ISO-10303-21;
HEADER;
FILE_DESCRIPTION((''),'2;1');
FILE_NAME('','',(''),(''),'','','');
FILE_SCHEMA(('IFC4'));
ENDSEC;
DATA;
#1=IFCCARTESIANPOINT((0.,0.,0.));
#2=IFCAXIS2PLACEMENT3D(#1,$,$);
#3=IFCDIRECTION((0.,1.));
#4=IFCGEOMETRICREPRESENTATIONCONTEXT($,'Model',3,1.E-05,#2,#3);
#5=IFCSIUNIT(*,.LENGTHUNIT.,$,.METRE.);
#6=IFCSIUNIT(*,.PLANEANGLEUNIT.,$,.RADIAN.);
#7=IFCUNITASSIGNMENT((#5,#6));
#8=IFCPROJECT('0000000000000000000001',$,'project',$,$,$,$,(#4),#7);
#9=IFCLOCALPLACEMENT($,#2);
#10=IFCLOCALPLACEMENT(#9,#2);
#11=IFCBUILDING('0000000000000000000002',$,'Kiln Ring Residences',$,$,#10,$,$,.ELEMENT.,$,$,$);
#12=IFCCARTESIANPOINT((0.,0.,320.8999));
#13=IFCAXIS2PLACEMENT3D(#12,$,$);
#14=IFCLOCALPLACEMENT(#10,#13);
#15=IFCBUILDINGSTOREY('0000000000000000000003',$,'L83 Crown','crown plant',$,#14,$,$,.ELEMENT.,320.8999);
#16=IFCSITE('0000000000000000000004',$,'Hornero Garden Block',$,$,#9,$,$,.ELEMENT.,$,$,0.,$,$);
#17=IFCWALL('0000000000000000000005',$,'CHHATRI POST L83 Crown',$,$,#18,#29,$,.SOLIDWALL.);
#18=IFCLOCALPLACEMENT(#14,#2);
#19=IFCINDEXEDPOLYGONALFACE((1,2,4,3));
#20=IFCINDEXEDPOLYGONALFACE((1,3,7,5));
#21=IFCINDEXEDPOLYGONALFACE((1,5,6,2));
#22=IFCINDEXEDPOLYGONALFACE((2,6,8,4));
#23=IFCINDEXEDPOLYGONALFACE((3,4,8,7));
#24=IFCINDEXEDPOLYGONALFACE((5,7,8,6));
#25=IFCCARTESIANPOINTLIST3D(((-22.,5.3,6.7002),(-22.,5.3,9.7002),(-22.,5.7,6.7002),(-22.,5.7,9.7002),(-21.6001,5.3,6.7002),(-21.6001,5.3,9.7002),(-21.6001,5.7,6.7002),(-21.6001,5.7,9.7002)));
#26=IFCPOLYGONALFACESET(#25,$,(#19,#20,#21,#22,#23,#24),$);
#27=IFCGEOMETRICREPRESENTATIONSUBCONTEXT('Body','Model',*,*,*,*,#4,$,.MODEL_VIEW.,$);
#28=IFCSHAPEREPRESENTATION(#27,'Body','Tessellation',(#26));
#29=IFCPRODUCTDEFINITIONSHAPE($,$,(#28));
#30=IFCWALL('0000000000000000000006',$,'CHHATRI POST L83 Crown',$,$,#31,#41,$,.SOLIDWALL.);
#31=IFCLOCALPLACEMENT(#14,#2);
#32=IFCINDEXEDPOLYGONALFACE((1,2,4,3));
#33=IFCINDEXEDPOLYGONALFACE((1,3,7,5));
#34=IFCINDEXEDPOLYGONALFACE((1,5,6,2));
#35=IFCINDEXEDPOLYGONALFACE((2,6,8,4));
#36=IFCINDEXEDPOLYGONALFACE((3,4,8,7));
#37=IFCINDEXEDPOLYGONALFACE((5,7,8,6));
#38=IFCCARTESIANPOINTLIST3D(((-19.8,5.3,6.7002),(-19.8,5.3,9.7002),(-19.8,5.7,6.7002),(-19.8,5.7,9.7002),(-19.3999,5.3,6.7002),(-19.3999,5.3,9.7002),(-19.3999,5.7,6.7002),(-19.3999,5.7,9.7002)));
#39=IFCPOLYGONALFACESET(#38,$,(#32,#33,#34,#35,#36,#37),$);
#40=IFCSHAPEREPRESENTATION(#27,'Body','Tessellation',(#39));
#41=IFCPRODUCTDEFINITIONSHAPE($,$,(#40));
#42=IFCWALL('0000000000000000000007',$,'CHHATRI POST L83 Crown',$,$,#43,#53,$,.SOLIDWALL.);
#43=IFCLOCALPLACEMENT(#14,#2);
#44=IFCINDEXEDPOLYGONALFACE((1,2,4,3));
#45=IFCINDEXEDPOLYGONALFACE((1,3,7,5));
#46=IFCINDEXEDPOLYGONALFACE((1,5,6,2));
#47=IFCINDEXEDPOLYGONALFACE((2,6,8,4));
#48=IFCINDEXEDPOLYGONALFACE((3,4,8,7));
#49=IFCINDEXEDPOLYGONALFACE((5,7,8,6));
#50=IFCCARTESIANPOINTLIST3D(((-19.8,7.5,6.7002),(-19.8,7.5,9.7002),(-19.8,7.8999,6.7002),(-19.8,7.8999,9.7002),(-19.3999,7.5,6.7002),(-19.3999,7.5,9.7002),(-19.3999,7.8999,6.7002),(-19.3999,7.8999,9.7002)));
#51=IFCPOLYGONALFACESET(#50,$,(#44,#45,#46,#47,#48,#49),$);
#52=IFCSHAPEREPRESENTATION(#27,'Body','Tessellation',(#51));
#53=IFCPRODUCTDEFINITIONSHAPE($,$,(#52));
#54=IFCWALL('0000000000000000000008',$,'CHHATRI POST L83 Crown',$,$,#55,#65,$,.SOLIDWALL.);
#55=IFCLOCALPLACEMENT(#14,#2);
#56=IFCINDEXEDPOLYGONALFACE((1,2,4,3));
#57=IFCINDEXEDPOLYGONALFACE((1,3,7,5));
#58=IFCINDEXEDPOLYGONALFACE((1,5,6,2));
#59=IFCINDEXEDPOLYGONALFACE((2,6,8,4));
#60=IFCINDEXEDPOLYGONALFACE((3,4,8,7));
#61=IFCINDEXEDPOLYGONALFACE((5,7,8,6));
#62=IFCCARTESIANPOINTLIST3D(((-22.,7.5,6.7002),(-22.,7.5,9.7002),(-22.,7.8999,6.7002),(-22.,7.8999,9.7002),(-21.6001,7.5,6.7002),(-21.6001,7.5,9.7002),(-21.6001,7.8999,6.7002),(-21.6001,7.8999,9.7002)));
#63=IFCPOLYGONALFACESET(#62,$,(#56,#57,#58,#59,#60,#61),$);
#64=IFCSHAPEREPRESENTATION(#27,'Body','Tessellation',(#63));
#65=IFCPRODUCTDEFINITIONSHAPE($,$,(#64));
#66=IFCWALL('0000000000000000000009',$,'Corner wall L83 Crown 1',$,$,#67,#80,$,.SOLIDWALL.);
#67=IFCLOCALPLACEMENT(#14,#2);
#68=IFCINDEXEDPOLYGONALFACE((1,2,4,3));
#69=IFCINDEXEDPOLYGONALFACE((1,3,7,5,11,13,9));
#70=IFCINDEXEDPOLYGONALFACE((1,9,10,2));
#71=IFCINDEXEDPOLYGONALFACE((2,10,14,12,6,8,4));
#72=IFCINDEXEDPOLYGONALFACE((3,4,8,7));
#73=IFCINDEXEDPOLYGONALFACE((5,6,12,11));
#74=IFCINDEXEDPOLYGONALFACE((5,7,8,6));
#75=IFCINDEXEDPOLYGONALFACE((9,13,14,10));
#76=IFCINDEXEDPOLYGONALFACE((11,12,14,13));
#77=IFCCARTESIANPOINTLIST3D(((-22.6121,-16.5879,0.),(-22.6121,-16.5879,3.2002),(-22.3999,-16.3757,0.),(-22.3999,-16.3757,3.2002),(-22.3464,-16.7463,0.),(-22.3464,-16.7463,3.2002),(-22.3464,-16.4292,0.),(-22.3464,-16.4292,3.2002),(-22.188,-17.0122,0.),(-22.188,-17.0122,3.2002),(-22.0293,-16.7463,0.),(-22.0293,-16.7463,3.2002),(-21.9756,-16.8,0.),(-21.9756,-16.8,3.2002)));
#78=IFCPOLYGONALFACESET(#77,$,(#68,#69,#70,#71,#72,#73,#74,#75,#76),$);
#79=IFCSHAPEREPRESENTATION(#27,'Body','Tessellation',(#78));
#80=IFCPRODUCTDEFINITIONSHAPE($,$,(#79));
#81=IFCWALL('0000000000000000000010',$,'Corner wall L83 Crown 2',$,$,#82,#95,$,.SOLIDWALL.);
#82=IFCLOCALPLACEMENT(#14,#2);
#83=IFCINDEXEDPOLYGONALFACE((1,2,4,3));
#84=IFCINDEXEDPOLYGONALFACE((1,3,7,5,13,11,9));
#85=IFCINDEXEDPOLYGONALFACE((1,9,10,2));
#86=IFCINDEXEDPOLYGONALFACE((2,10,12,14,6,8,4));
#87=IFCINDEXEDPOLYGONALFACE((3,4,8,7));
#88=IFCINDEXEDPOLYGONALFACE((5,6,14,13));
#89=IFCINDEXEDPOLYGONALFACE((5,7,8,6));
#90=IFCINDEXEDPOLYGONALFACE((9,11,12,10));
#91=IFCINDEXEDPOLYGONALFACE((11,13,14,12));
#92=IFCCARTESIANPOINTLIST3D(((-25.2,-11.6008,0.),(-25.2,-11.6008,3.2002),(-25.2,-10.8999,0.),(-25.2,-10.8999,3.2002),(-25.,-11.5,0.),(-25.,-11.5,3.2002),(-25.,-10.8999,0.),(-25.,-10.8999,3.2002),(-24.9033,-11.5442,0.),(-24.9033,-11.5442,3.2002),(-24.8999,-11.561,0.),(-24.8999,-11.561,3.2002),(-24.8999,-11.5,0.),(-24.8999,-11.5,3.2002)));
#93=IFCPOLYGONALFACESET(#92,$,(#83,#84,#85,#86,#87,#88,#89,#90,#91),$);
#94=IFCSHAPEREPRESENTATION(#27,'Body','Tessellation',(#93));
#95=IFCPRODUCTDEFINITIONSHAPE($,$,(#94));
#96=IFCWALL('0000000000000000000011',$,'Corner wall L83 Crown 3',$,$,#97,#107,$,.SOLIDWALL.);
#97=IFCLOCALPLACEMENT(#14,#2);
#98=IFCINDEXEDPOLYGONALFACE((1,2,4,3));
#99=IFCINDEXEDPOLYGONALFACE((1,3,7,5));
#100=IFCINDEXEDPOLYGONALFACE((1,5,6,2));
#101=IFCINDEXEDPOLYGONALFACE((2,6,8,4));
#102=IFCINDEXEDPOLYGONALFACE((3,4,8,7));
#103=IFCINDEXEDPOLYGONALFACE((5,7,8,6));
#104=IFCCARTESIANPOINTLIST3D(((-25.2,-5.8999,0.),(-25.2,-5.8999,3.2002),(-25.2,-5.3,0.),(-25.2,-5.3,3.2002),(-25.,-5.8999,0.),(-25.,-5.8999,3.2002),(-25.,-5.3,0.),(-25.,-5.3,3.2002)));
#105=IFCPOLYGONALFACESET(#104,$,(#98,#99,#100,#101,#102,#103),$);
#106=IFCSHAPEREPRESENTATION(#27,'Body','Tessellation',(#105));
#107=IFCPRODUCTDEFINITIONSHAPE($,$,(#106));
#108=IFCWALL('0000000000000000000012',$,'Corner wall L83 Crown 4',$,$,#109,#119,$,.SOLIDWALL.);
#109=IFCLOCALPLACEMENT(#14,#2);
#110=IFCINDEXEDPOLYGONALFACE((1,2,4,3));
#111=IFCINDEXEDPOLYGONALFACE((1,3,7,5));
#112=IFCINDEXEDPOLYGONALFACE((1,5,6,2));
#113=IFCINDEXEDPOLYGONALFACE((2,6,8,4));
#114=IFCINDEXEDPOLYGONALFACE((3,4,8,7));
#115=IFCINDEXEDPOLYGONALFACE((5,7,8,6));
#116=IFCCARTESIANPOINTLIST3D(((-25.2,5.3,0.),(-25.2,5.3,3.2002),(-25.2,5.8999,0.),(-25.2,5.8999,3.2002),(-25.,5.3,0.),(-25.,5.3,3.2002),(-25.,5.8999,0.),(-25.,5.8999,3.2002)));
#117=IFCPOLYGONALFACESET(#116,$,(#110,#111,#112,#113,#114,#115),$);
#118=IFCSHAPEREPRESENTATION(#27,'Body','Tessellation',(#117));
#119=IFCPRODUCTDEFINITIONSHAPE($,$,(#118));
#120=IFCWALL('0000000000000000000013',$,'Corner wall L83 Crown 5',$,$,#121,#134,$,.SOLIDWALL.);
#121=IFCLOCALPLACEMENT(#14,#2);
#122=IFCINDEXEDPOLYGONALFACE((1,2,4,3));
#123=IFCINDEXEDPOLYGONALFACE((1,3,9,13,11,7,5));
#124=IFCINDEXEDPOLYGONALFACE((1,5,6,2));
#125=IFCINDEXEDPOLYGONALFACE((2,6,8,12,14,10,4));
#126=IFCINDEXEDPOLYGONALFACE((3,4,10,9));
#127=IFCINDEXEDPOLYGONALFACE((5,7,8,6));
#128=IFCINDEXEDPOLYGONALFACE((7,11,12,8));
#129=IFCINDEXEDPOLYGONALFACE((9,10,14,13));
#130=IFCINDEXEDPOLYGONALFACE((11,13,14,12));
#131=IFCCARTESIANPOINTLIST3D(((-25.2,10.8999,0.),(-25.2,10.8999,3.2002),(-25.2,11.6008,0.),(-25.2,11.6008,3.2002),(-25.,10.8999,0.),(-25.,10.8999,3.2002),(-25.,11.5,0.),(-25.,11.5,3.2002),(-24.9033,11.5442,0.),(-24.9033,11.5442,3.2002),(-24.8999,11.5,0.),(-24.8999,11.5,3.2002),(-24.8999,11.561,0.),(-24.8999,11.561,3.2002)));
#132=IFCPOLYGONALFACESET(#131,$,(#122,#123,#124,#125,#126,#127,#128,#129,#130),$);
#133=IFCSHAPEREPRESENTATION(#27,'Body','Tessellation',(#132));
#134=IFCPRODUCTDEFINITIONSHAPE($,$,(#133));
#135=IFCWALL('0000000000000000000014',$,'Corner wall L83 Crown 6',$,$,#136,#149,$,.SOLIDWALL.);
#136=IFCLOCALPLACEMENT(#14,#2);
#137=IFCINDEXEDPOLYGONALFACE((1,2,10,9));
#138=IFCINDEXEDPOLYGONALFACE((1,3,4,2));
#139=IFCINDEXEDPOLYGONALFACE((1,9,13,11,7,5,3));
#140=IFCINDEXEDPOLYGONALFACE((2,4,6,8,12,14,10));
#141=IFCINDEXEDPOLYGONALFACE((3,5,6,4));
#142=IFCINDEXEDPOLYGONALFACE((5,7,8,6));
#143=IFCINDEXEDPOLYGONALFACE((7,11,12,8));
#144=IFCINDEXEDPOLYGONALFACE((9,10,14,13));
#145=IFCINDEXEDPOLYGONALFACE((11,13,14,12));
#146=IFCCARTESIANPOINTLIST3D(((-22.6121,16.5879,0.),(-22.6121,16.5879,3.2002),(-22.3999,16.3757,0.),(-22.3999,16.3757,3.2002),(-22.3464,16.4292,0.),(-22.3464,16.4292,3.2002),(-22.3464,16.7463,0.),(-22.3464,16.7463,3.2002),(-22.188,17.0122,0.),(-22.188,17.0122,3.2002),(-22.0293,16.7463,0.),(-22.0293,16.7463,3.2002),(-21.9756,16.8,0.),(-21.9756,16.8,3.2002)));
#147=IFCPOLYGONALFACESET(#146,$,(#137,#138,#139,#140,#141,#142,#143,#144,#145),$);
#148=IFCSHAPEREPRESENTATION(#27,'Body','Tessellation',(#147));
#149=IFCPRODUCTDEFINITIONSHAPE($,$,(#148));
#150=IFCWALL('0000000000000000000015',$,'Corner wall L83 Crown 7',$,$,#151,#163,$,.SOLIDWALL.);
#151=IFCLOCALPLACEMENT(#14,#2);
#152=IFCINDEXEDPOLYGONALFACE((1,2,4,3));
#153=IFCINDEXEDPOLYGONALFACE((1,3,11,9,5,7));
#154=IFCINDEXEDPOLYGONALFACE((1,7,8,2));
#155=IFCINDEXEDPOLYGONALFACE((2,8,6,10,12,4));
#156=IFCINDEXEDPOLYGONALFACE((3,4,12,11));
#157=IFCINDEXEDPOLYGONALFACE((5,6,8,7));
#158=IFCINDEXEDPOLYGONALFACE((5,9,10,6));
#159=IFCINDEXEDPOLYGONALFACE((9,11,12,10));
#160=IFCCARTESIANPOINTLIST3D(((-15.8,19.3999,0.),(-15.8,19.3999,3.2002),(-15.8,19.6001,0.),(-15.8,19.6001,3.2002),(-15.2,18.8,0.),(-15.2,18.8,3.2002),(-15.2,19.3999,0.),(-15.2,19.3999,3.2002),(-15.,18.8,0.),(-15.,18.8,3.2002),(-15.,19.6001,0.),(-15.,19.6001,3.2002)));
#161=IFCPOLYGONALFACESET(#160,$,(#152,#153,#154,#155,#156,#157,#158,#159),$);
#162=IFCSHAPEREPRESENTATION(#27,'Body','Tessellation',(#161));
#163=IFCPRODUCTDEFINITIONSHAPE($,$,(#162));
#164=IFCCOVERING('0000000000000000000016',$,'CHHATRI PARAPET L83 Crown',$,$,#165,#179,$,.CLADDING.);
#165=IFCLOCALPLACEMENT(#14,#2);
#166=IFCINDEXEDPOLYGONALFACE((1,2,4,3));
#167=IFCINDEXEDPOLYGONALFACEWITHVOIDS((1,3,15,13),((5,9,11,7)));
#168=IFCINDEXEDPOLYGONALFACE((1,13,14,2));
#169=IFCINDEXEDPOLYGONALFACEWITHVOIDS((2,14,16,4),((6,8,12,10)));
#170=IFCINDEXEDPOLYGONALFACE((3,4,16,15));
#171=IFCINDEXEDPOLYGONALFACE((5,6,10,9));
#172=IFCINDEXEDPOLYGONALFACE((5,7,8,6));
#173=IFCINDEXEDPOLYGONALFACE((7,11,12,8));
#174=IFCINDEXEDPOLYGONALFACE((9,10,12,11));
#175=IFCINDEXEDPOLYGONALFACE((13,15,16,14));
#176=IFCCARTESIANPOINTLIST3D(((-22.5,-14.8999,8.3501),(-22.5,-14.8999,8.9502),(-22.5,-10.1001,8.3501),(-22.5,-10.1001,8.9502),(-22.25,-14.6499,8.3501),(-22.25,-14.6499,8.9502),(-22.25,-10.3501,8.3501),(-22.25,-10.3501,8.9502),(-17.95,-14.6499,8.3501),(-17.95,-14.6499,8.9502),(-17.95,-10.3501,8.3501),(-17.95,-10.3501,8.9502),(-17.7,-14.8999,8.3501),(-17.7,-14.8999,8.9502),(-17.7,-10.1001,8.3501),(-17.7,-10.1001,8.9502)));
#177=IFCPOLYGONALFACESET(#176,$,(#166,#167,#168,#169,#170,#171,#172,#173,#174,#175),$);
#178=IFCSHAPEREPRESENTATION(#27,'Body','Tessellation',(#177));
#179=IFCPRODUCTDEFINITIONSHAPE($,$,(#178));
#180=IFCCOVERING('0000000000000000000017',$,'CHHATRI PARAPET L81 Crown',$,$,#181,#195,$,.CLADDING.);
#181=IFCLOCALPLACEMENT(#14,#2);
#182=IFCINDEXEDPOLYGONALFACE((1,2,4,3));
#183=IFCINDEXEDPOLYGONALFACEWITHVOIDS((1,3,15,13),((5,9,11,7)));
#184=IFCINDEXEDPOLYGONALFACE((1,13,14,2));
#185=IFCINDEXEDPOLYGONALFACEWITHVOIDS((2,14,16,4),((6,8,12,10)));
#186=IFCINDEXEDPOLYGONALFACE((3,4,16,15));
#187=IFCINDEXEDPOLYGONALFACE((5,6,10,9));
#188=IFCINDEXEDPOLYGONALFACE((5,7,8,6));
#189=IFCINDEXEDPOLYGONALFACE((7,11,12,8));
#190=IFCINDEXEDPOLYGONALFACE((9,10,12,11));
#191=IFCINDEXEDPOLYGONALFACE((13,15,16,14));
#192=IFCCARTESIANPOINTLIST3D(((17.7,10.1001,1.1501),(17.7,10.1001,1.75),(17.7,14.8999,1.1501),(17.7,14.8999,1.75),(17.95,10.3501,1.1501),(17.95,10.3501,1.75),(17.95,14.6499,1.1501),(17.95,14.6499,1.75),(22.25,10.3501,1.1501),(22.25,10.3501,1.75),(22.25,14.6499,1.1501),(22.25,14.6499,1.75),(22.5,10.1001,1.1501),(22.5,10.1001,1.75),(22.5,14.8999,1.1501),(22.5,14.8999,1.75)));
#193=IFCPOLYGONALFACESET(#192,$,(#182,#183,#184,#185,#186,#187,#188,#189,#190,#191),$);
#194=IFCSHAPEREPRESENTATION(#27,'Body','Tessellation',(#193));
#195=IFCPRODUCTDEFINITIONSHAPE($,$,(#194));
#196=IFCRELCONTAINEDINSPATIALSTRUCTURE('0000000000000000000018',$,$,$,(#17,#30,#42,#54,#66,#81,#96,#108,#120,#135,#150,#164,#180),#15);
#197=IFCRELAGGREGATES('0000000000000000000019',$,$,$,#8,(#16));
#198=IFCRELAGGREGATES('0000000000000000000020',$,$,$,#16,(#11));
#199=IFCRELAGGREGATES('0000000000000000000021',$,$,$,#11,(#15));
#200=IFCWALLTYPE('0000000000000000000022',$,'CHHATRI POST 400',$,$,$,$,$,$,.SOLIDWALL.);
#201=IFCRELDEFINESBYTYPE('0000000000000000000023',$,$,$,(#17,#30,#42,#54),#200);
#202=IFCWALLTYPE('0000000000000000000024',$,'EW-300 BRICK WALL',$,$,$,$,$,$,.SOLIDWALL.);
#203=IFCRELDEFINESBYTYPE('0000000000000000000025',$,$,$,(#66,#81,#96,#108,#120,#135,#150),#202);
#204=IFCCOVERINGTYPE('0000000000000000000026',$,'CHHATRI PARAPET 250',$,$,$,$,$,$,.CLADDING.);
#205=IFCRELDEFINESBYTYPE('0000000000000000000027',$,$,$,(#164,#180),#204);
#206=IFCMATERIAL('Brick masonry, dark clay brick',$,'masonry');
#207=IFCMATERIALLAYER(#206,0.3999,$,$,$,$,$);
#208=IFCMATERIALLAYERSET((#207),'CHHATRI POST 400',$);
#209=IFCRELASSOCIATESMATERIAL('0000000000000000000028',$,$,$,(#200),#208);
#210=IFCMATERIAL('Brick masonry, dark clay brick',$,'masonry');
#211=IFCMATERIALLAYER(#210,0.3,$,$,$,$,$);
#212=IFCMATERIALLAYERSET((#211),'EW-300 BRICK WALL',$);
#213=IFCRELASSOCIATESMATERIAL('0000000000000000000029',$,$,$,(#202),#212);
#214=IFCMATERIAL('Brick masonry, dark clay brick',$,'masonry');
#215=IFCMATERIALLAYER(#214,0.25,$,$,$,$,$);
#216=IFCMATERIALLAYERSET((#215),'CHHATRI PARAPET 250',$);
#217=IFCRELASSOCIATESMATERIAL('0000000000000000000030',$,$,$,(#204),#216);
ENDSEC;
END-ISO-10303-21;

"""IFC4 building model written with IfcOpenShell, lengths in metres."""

from ifc_helpers import new_model, si_unit, direction, frame, origin, place, context, subcontext, project, spatial, polyline, outline, extrude, material, layer, layer_set, type_object, element, save


model = new_model("IFC4")

# Units and contexts
model_context = context("Model", 3, precision=1e-05, world=origin(), true_north=direction((0.0, 1.0)))
body_context = subcontext(model_context, "Body", "Model", "MODEL_VIEW")
ifc_project = project(units=[si_unit("LENGTHUNIT", "METRE"), si_unit("PLANEANGLEUNIT", "RADIAN")], contexts=[model_context])

# Site, building, storey
site_placement = place(None, origin())
site = spatial("IfcSite", under=ifc_project, at=site_placement, Name="Hornero Garden Block", CompositionType="ELEMENT", RefElevation=0.0)
building_placement = place(site_placement, origin())
building = spatial("IfcBuilding", under=site, at=building_placement, Name="Kiln Ring Residences", CompositionType="ELEMENT")
storey_placement = place(building_placement, frame((0.0, 0.0, 320.8999)))
storey = spatial("IfcBuildingStorey", under=building, at=storey_placement, Name="L83 Crown", Description="crown plant", CompositionType="ELEMENT", Elevation=320.8999)

# Walls
ifc_material_1 = material(Name="Brick masonry, dark clay brick", Category="masonry")
ifc_layer_1 = layer(ifc_material_1, 0.3999)
ifc_layer_set_1 = layer_set([ifc_layer_1], Name="CHHATRI POST 400")
wall_type_1 = type_object("IfcWallType", Name="CHHATRI POST 400", PredefinedType="SOLIDWALL", material=ifc_layer_set_1)
placement_1 = place(storey_placement, frame((0.0, 0.0, 6.7002)))
element("IfcWall", 1, at=placement_1, inside=storey, type_object=wall_type_1, Name="CHHATRI POST L83 Crown", PredefinedType="SOLIDWALL", context=body_context, shape_type="SweptSolid", body=[
    extrude(outline(polyline([(-21.6001, 5.3), (-21.6001, 5.7), (-22.0, 5.7), (-22.0, 5.3), (-21.6001, 5.3)])), origin(), (0.0, 0.0, 1.0), 3.0),
])
element("IfcWall", 2, at=placement_1, inside=storey, type_object=wall_type_1, Name="CHHATRI POST L83 Crown", PredefinedType="SOLIDWALL", context=body_context, shape_type="SweptSolid", body=[
    extrude(outline(polyline([(-19.3999, 5.3), (-19.3999, 5.7), (-19.8, 5.7), (-19.8, 5.3), (-19.3999, 5.3)])), origin(), (0.0, 0.0, 1.0), 3.0),
])
element("IfcWall", 3, at=placement_1, inside=storey, type_object=wall_type_1, Name="CHHATRI POST L83 Crown", PredefinedType="SOLIDWALL", context=body_context, shape_type="SweptSolid", body=[
    extrude(outline(polyline([(-19.3999, 7.5), (-19.3999, 7.8999), (-19.8, 7.8999), (-19.8, 7.5), (-19.3999, 7.5)])), origin(), (0.0, 0.0, 1.0), 3.0),
])
element("IfcWall", 4, at=placement_1, inside=storey, type_object=wall_type_1, Name="CHHATRI POST L83 Crown", PredefinedType="SOLIDWALL", context=body_context, shape_type="SweptSolid", body=[
    extrude(outline(polyline([(-21.6001, 7.5), (-21.6001, 7.8999), (-22.0, 7.8999), (-22.0, 7.5), (-21.6001, 7.5)])), origin(), (0.0, 0.0, 1.0), 3.0),
])
ifc_material_2 = material(Name="Brick masonry, dark clay brick", Category="masonry")
ifc_layer_2 = layer(ifc_material_2, 0.3)
ifc_layer_set_2 = layer_set([ifc_layer_2], Name="EW-300 BRICK WALL")
wall_type_2 = type_object("IfcWallType", Name="EW-300 BRICK WALL", PredefinedType="SOLIDWALL", material=ifc_layer_set_2)
placement_2 = place(storey_placement, origin())
element("IfcWall", 5, at=placement_2, inside=storey, type_object=wall_type_2, Name="Corner wall L83 Crown 1", PredefinedType="SOLIDWALL", context=body_context, shape_type="SweptSolid", body=[
    extrude(outline(polyline([(-22.3999, -16.3757), (-22.6121, -16.5879), (-22.188, -17.0122), (-21.9756, -16.8), (-22.0293, -16.7463), (-22.3464, -16.7463), (-22.3464, -16.4292), (-22.3999, -16.3757)])), origin(), (0.0, 0.0, 1.0), 3.2002),
])
element("IfcWall", 6, at=placement_2, inside=storey, type_object=wall_type_2, Name="Corner wall L83 Crown 2", PredefinedType="SOLIDWALL", context=body_context, shape_type="SweptSolid", body=[
    extrude(outline(polyline([(-25.2, -10.8999), (-25.2, -11.6008), (-24.9033, -11.5442), (-24.8999, -11.561), (-24.8999, -11.5), (-25.0, -11.5), (-25.0, -10.8999), (-25.2, -10.8999)])), origin(), (0.0, 0.0, 1.0), 3.2002),
])
element("IfcWall", 7, at=placement_2, inside=storey, type_object=wall_type_2, Name="Corner wall L83 Crown 3", PredefinedType="SOLIDWALL", context=body_context, shape_type="SweptSolid", body=[
    extrude(outline(polyline([(-25.0, -5.3), (-25.2, -5.3), (-25.2, -5.8999), (-24.8999, -5.8999), (-25.0, -5.8999), (-25.0, -5.3)])), origin(), (0.0, 0.0, 1.0), 3.2002),
])
element("IfcWall", 8, at=placement_2, inside=storey, type_object=wall_type_2, Name="Corner wall L83 Crown 4", PredefinedType="SOLIDWALL", context=body_context, shape_type="SweptSolid", body=[
    extrude(outline(polyline([(-25.0, 5.8999), (-25.2, 5.8999), (-25.2, 5.3), (-25.0, 5.3), (-25.0, 5.8999)])), origin(), (0.0, 0.0, 1.0), 3.2002),
])
element("IfcWall", 9, at=placement_2, inside=storey, type_object=wall_type_2, Name="Corner wall L83 Crown 5", PredefinedType="SOLIDWALL", context=body_context, shape_type="SweptSolid", body=[
    extrude(outline(polyline([(-25.2, 11.6008), (-25.2, 10.8999), (-25.0, 10.8999), (-25.0, 11.5), (-24.8999, 11.5), (-24.8999, 11.561), (-24.9033, 11.5442), (-25.2, 11.6008)])), origin(), (0.0, 0.0, 1.0), 3.2002),
])
element("IfcWall", 10, at=placement_2, inside=storey, type_object=wall_type_2, Name="Corner wall L83 Crown 6", PredefinedType="SOLIDWALL", context=body_context, shape_type="SweptSolid", body=[
    extrude(outline(polyline([(-21.9756, 16.8), (-22.188, 17.0122), (-22.6121, 16.5879), (-22.3999, 16.3757), (-22.3464, 16.4292), (-22.3464, 16.7463), (-22.0293, 16.7463), (-21.9756, 16.8)])), origin(), (0.0, 0.0, 1.0), 3.2002),
])
element("IfcWall", 11, at=placement_2, inside=storey, type_object=wall_type_2, Name="Corner wall L83 Crown 7", PredefinedType="SOLIDWALL", context=body_context, shape_type="SweptSolid", body=[
    extrude(outline(polyline([(-15.0, 18.8), (-15.0, 19.6001), (-15.8, 19.6001), (-15.8, 19.3999), (-15.2, 19.3999), (-15.2, 18.8), (-15.0, 18.8)])), origin(), (0.0, 0.0, 1.0), 3.2002),
])

# Coverings
ifc_material_3 = material(Name="Brick masonry, dark clay brick", Category="masonry")
ifc_layer_3 = layer(ifc_material_3, 0.25)
ifc_layer_set_3 = layer_set([ifc_layer_3], Name="CHHATRI PARAPET 250")
covering_type_1 = type_object("IfcCoveringType", Name="CHHATRI PARAPET 250", PredefinedType="CLADDING", material=ifc_layer_set_3)
covering_1_placement = place(storey_placement, frame((0.0, 0.0, 8.3501)))
element("IfcCovering", 12, at=covering_1_placement, inside=storey, type_object=covering_type_1, Name="CHHATRI PARAPET L83 Crown", PredefinedType="CLADDING", context=body_context, shape_type="SweptSolid", body=[
    extrude(outline(polyline([(-22.5, -14.8999), (-17.7, -14.8999), (-17.7, -10.1001), (-22.5, -10.1001), (-22.5, -14.8999)]), holes=[polyline([(-17.95, -10.3501), (-17.95, -14.6499), (-22.25, -14.6499), (-22.25, -10.3501), (-17.95, -10.3501)])]), origin(), (0.0, 0.0, 1.0), 0.6001),
])
placement_3 = place(storey_placement, frame((0.0, 0.0, 1.1501)))
element("IfcCovering", 13, at=placement_3, inside=storey, type_object=covering_type_1, Name="CHHATRI PARAPET L81 Crown", PredefinedType="CLADDING", context=body_context, shape_type="SweptSolid", body=[
    extrude(outline(polyline([(17.7, 10.1001), (22.5, 10.1001), (22.5, 14.8999), (17.7, 14.8999), (17.7, 10.1001)]), holes=[polyline([(22.25, 14.6499), (22.25, 10.3501), (17.95, 10.3501), (17.95, 14.6499), (22.25, 14.6499)])]), origin(), (0.0, 0.0, 1.0), 0.5999),
])

save(model, "model.ifc")
